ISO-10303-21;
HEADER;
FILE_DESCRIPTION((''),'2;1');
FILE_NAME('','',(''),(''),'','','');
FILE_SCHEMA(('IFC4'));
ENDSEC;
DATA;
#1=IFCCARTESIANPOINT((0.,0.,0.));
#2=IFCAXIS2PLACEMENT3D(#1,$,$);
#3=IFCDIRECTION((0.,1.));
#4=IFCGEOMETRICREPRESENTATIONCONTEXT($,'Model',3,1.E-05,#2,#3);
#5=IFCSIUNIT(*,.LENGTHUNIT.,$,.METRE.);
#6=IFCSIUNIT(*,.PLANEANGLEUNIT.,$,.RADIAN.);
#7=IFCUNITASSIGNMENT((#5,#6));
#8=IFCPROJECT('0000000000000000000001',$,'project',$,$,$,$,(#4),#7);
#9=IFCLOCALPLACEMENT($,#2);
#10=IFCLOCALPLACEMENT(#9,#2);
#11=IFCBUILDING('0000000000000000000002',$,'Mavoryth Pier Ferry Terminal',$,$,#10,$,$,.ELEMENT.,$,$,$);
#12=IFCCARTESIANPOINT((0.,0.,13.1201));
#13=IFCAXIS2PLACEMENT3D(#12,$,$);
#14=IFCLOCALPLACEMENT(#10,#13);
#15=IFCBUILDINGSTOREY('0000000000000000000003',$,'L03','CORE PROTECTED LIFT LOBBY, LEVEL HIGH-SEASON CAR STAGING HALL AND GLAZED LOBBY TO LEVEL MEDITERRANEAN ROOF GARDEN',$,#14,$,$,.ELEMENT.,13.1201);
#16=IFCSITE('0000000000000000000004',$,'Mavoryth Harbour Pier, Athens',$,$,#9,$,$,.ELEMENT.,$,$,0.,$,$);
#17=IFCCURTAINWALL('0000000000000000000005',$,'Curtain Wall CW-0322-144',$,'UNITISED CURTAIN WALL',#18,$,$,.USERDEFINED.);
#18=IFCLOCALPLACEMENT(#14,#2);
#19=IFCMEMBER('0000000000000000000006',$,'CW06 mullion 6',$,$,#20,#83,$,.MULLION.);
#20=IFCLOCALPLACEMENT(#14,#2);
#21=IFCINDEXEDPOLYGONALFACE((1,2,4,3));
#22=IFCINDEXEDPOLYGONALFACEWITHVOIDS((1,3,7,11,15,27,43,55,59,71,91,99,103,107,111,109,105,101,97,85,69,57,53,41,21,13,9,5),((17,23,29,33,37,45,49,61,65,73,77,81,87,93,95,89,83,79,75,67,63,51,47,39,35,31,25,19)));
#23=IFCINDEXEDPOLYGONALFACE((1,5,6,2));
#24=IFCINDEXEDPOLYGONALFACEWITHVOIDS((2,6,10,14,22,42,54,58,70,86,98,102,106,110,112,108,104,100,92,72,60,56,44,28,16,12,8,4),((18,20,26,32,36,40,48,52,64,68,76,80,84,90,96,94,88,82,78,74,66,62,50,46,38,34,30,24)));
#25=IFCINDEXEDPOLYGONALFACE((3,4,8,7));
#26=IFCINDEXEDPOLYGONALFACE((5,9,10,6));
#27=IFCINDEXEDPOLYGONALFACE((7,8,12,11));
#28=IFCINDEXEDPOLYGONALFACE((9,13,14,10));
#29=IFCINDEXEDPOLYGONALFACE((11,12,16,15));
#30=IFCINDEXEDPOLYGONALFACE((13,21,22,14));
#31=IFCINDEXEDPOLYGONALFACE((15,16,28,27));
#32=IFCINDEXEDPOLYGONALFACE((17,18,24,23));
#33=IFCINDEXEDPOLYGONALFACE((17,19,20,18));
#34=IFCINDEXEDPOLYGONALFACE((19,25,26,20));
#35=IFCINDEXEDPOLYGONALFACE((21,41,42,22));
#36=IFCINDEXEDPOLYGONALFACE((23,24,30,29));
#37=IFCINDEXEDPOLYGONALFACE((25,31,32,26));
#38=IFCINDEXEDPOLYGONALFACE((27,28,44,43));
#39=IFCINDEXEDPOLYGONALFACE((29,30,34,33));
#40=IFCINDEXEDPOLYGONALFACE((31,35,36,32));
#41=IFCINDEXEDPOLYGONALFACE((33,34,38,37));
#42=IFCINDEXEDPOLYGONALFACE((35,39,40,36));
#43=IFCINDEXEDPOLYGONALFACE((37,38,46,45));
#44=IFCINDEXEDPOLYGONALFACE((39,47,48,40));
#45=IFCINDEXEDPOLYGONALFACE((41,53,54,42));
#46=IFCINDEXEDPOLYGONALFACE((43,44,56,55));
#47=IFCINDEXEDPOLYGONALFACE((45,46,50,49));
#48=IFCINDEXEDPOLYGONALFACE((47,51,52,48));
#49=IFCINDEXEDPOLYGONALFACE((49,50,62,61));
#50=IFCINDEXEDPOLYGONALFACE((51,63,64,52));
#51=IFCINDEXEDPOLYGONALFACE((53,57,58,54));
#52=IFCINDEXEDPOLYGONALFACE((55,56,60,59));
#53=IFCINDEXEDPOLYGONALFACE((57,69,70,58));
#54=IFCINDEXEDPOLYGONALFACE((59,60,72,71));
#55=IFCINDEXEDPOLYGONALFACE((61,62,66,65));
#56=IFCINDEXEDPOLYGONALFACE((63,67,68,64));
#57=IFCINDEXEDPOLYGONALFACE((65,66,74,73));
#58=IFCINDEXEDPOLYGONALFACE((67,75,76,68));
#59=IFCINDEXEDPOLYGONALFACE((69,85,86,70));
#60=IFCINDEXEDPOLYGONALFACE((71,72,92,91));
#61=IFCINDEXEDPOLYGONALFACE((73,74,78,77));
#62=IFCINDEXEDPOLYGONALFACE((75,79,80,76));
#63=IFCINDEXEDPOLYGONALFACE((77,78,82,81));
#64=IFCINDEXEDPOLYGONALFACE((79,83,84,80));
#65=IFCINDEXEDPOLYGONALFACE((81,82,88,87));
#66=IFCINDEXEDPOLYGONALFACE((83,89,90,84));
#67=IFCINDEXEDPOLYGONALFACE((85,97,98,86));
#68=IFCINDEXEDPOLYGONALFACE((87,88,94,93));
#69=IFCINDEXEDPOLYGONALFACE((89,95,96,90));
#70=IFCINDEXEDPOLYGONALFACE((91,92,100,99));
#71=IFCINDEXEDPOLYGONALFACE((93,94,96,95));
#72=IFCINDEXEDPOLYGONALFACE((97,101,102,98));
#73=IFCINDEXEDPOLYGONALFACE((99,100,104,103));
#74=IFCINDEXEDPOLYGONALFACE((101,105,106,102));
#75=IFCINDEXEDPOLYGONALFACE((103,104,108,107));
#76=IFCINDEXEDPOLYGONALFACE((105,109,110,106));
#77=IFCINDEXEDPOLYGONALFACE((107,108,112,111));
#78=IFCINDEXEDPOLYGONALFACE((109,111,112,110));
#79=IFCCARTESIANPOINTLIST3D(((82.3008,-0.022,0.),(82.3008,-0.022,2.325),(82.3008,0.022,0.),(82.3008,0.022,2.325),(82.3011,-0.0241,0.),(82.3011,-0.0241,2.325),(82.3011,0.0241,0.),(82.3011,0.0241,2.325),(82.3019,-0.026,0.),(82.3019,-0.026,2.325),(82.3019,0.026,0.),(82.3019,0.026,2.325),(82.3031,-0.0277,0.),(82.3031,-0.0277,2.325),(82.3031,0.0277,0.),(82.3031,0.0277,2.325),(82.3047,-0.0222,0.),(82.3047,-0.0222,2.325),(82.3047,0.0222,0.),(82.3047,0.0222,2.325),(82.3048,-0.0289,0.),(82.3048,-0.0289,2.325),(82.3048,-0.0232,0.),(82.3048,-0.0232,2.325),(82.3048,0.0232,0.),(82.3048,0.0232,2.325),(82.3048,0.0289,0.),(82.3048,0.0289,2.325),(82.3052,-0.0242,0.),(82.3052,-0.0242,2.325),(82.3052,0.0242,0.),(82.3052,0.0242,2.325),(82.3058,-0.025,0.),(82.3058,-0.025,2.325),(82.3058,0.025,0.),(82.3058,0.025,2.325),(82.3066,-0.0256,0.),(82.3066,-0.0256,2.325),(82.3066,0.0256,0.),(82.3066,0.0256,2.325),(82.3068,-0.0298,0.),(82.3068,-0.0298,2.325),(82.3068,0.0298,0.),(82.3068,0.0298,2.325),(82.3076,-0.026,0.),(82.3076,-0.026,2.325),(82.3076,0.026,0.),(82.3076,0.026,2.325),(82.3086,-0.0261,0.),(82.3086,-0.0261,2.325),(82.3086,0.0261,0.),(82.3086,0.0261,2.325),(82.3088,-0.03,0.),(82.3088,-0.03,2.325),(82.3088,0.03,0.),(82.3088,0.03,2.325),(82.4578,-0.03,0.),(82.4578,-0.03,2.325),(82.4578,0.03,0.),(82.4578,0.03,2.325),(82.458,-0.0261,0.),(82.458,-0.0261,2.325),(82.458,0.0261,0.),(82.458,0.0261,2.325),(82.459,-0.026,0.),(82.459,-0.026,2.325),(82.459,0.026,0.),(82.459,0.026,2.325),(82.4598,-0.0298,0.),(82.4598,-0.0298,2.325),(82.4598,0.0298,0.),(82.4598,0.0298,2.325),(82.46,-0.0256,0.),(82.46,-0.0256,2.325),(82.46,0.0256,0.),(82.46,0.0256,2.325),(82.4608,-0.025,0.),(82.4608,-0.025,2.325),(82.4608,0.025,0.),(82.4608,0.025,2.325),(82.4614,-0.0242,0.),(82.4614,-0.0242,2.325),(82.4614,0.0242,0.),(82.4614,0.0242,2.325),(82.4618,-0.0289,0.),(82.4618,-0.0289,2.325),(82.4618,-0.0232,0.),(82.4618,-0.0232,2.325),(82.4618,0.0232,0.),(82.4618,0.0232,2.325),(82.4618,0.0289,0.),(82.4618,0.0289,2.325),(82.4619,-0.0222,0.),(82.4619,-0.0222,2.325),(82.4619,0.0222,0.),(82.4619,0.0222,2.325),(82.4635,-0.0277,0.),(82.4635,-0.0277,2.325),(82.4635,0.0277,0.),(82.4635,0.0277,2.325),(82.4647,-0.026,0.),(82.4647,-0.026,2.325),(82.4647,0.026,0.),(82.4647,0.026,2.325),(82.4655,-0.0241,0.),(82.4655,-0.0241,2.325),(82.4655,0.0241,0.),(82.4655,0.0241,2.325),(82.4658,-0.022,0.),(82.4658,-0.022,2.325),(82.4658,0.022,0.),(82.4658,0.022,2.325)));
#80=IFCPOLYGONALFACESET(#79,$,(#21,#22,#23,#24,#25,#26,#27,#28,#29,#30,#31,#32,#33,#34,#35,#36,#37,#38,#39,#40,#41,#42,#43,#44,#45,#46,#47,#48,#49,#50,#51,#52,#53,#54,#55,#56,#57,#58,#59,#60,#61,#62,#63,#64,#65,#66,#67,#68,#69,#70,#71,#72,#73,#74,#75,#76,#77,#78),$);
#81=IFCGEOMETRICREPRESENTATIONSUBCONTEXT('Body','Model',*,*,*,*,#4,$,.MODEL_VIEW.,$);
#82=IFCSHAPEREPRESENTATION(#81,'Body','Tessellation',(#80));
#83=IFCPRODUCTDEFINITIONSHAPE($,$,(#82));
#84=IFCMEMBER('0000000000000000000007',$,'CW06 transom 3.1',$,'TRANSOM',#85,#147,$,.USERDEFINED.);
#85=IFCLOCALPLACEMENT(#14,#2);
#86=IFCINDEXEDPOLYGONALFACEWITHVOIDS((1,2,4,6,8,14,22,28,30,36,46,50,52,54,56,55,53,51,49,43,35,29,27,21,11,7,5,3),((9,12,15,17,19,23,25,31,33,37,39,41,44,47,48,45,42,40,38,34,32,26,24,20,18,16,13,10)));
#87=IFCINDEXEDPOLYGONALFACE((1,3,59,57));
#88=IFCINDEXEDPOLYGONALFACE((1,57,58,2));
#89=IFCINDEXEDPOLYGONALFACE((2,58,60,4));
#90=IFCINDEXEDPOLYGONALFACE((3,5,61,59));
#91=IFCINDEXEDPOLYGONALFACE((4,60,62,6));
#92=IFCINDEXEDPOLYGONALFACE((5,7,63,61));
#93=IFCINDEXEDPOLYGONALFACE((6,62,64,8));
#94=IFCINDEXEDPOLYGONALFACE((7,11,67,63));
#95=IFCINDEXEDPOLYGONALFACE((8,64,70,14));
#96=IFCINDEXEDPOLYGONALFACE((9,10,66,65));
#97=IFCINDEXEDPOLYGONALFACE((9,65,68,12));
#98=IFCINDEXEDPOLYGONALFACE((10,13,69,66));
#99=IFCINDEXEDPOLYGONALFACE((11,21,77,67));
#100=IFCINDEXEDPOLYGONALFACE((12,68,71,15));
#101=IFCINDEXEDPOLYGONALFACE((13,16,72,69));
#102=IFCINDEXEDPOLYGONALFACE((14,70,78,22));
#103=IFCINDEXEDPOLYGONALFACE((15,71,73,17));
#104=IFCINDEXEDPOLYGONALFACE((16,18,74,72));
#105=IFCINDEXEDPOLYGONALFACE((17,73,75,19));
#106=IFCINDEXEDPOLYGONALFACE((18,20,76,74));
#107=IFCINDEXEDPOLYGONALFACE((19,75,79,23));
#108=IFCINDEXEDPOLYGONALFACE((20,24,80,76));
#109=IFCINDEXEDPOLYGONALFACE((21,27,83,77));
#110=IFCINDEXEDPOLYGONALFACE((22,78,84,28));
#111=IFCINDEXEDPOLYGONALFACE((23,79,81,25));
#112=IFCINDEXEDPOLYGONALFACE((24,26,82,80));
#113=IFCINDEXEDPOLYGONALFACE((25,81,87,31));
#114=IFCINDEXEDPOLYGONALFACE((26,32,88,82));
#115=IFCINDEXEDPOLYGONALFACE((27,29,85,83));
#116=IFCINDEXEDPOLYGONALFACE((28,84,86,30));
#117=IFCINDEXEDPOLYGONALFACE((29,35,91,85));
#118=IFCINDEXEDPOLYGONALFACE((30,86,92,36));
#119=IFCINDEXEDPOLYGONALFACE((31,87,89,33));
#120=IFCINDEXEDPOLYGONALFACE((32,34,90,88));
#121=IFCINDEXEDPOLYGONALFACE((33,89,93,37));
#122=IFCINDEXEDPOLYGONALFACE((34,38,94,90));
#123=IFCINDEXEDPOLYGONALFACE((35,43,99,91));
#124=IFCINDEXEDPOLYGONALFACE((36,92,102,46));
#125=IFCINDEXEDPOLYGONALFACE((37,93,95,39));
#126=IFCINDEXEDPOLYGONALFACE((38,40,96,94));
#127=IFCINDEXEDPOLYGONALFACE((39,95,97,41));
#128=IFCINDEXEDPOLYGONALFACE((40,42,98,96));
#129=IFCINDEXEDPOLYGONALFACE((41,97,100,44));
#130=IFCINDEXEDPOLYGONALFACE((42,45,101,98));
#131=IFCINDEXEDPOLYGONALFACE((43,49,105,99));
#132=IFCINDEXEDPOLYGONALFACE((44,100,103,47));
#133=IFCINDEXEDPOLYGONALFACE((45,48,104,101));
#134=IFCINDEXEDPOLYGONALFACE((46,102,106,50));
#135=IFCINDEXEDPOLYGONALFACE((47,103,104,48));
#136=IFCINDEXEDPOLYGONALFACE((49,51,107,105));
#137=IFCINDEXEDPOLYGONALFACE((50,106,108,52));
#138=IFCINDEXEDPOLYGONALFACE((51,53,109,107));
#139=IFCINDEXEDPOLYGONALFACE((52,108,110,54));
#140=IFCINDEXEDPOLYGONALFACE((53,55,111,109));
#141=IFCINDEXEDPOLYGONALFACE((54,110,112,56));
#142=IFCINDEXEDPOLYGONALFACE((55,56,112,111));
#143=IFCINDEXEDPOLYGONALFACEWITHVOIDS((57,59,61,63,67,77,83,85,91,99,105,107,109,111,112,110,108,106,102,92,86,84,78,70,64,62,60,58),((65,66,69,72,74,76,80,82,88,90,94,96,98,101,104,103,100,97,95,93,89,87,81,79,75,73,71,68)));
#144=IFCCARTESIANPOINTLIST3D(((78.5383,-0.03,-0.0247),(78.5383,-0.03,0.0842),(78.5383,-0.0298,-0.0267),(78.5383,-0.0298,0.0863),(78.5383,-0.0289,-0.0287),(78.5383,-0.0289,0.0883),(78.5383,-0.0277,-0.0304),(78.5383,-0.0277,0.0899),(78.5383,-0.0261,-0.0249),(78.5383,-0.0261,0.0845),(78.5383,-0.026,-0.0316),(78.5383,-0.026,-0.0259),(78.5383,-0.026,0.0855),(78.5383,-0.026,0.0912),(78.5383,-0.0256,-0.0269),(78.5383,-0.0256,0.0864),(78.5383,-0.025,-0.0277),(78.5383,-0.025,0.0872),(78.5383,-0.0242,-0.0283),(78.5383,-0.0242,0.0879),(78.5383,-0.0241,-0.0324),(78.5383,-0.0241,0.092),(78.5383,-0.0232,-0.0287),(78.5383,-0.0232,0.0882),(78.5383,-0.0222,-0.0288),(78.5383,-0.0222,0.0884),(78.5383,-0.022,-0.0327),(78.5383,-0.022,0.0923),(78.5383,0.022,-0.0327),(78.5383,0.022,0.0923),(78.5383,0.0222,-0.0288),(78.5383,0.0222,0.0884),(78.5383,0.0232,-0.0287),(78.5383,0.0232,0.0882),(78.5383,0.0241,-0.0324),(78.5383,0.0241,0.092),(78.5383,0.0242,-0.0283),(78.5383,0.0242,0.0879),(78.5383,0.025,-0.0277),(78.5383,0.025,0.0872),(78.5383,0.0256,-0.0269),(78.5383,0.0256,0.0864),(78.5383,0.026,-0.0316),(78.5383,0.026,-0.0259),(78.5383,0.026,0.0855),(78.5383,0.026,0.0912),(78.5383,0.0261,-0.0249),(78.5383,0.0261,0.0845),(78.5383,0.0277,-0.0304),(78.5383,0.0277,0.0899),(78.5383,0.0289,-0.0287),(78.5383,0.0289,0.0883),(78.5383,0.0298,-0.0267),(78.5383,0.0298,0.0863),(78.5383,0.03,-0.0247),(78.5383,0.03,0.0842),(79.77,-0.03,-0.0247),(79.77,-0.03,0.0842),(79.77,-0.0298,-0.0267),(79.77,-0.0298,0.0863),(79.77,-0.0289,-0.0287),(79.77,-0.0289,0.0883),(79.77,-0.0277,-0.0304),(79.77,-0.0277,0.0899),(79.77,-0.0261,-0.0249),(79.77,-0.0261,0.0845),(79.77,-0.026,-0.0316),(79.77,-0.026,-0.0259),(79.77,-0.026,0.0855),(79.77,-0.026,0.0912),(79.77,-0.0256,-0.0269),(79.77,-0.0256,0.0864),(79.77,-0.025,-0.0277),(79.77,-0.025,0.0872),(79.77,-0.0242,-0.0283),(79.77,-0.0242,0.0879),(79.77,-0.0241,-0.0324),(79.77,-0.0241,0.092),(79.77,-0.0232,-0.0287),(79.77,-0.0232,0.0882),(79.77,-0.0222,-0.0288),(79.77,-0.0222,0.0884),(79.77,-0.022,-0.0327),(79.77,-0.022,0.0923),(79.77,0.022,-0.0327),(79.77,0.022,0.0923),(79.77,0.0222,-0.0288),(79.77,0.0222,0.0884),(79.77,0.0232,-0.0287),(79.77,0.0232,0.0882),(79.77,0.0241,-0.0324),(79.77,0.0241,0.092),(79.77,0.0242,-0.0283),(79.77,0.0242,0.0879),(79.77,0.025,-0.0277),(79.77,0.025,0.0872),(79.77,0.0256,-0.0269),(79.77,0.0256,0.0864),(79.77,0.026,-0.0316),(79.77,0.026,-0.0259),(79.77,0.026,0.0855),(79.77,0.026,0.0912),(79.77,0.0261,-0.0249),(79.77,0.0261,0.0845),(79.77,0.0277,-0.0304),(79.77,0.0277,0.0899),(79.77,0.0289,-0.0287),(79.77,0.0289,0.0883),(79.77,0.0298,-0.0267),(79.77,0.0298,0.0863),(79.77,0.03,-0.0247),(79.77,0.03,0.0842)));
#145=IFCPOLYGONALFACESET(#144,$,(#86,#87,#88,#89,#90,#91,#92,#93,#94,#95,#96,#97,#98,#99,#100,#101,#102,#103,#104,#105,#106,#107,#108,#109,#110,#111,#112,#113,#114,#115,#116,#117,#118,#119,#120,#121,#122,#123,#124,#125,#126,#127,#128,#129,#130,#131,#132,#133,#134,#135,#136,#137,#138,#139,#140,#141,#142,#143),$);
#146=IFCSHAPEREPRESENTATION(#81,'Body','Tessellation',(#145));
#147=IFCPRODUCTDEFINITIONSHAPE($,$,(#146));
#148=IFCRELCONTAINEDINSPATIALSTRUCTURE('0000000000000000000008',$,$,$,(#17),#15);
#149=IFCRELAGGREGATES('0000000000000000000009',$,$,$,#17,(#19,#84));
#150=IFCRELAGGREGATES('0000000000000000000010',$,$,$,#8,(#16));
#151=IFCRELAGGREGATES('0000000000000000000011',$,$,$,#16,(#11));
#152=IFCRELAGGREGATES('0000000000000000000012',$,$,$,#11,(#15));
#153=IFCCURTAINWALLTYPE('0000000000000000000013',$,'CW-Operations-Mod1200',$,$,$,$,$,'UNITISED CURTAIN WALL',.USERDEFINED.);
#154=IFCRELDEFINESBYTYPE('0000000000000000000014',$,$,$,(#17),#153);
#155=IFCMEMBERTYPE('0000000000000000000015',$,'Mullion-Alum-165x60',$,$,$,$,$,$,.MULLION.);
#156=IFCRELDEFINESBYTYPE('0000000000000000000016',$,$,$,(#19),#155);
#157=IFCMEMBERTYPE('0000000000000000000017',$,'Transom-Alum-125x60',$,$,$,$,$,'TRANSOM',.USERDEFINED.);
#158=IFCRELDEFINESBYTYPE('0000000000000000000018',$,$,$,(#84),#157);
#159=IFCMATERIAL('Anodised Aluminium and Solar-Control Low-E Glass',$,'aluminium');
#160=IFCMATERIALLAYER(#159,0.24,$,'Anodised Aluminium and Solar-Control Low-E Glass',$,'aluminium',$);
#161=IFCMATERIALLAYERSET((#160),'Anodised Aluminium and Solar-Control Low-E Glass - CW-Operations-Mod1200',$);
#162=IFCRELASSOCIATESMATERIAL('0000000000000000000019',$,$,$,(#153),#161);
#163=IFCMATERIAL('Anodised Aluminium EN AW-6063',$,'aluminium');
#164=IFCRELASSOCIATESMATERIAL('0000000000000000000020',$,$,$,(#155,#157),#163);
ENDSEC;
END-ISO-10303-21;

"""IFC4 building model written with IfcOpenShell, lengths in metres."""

from ifc_helpers import new_model, si_unit, direction, frame, origin, origin_2d, place, context, subcontext, project, spatial, hollow_rectangle, extrude, material, layer, layer_set, material_profile, profile_set, type_object, element, aggregate, save


model = new_model("IFC4")

# Units and contexts
model_context = context("Model", 3, precision=1e-05, world=origin(), true_north=direction((0.0, 1.0)))
body_context = subcontext(model_context, "Body", "Model", "MODEL_VIEW")
ifc_project = project(units=[si_unit("LENGTHUNIT", "METRE"), si_unit("PLANEANGLEUNIT", "RADIAN")], contexts=[model_context])

# Site, building, storey
site_placement = place(None, origin())
site = spatial("IfcSite", under=ifc_project, at=site_placement, Name="Mavoryth Harbour Pier, Athens", CompositionType="ELEMENT", RefElevation=0.0)
building_placement = place(site_placement, origin())
building = spatial("IfcBuilding", under=site, at=building_placement, Name="Mavoryth Pier Ferry Terminal", CompositionType="ELEMENT")
storey_placement = place(building_placement, frame((0.0, 0.0, 13.1201)))
storey = spatial("IfcBuildingStorey", under=building, at=storey_placement, Name="L03", Description="CORE PROTECTED LIFT LOBBY, LEVEL HIGH-SEASON CAR STAGING HALL AND GLAZED LOBBY TO LEVEL MEDITERRANEAN ROOF GARDEN", CompositionType="ELEMENT", Elevation=13.1201)

# Curtain wall, members
ifc_material_1 = material(Name="Anodised Aluminium and Solar-Control Low-E Glass", Category="aluminium")
ifc_layer_1 = layer(ifc_material_1, 0.24, Name="Anodised Aluminium and Solar-Control Low-E Glass", Category="aluminium")
ifc_layer_set_1 = layer_set([ifc_layer_1], Name="Anodised Aluminium and Solar-Control Low-E Glass - CW-Operations-Mod1200")
curtain_wall_type = type_object("IfcCurtainWallType", Name="CW-Operations-Mod1200", ElementType="UNITISED CURTAIN WALL", PredefinedType="USERDEFINED", material=ifc_layer_set_1)
curtain_wall_placement = place(storey_placement, origin())
curtain_wall = element("IfcCurtainWall", 1, at=curtain_wall_placement, inside=storey, type_object=curtain_wall_type, Name="Curtain Wall CW-0322-144", ObjectType="UNITISED CURTAIN WALL", PredefinedType="USERDEFINED")
ifc_material_2 = material(Name="Anodised Aluminium EN AW-6063", Category="aluminium")
ifc_material_profile_1 = material_profile(ifc_material_2, hollow_rectangle(XDim=0.0601, YDim=0.165, WallThickness=0.0039, InnerFilletRadius=0.0039, OuterFilletRadius=0.0081, at=origin_2d()), Name="AL-MULL 165x60x4", Category="aluminium")
ifc_profile_set_1 = profile_set([ifc_material_profile_1], Name="Anodised Aluminium EN AW-6063 - AL-MULL 165x60x4")
member_type_1 = type_object("IfcMemberType", Name="Mullion-Alum-165x60", PredefinedType="MULLION", material=ifc_profile_set_1)
member_1_placement = place(storey_placement, frame((82.3833, 0.0, 0.0), z_axis=(0.0, 0.0, 1.0), x_axis=(0.0, 1.0, 0.0)))
member_1 = element("IfcMember", 2, at=member_1_placement, type_object=member_type_1, Name="CW06 mullion 6", PredefinedType="MULLION", context=body_context, shape_type="SweptSolid", body=[
    extrude(hollow_rectangle(XDim=0.0601, YDim=0.165, WallThickness=0.0039, InnerFilletRadius=0.0039, OuterFilletRadius=0.0081, at=origin_2d()), origin(), (0.0, 0.0, 1.0), 2.325),
])
ifc_material_profile_2 = material_profile(ifc_material_2, hollow_rectangle(XDim=0.0601, YDim=0.125, WallThickness=0.0039, InnerFilletRadius=0.0039, OuterFilletRadius=0.0081, at=origin_2d()), Name="AL-TRAN 125x60x4", Category="aluminium")
ifc_profile_set_2 = profile_set([ifc_material_profile_2], Name="Anodised Aluminium EN AW-6063 - AL-TRAN 125x60x4")
member_type_2 = type_object("IfcMemberType", Name="Transom-Alum-125x60", ElementType="TRANSOM", PredefinedType="USERDEFINED", material=ifc_profile_set_2)
member_2_placement = place(storey_placement, frame((78.5383, 0.0, 0.0298), z_axis=(1.0, 0.0, 0.0), x_axis=(0.0, 1.0, 0.0)))
member_2 = element("IfcMember", 3, at=member_2_placement, type_object=member_type_2, Name="CW06 transom 3.1", ObjectType="TRANSOM", PredefinedType="USERDEFINED", context=body_context, shape_type="SweptSolid", body=[
    extrude(hollow_rectangle(XDim=0.0601, YDim=0.125, WallThickness=0.0039, InnerFilletRadius=0.0039, OuterFilletRadius=0.0081, at=origin_2d()), origin(), (0.0, 0.0, 1.0), 1.2317),
])
aggregate(curtain_wall, [member_1, member_2])

save(model, "model.ifc")
